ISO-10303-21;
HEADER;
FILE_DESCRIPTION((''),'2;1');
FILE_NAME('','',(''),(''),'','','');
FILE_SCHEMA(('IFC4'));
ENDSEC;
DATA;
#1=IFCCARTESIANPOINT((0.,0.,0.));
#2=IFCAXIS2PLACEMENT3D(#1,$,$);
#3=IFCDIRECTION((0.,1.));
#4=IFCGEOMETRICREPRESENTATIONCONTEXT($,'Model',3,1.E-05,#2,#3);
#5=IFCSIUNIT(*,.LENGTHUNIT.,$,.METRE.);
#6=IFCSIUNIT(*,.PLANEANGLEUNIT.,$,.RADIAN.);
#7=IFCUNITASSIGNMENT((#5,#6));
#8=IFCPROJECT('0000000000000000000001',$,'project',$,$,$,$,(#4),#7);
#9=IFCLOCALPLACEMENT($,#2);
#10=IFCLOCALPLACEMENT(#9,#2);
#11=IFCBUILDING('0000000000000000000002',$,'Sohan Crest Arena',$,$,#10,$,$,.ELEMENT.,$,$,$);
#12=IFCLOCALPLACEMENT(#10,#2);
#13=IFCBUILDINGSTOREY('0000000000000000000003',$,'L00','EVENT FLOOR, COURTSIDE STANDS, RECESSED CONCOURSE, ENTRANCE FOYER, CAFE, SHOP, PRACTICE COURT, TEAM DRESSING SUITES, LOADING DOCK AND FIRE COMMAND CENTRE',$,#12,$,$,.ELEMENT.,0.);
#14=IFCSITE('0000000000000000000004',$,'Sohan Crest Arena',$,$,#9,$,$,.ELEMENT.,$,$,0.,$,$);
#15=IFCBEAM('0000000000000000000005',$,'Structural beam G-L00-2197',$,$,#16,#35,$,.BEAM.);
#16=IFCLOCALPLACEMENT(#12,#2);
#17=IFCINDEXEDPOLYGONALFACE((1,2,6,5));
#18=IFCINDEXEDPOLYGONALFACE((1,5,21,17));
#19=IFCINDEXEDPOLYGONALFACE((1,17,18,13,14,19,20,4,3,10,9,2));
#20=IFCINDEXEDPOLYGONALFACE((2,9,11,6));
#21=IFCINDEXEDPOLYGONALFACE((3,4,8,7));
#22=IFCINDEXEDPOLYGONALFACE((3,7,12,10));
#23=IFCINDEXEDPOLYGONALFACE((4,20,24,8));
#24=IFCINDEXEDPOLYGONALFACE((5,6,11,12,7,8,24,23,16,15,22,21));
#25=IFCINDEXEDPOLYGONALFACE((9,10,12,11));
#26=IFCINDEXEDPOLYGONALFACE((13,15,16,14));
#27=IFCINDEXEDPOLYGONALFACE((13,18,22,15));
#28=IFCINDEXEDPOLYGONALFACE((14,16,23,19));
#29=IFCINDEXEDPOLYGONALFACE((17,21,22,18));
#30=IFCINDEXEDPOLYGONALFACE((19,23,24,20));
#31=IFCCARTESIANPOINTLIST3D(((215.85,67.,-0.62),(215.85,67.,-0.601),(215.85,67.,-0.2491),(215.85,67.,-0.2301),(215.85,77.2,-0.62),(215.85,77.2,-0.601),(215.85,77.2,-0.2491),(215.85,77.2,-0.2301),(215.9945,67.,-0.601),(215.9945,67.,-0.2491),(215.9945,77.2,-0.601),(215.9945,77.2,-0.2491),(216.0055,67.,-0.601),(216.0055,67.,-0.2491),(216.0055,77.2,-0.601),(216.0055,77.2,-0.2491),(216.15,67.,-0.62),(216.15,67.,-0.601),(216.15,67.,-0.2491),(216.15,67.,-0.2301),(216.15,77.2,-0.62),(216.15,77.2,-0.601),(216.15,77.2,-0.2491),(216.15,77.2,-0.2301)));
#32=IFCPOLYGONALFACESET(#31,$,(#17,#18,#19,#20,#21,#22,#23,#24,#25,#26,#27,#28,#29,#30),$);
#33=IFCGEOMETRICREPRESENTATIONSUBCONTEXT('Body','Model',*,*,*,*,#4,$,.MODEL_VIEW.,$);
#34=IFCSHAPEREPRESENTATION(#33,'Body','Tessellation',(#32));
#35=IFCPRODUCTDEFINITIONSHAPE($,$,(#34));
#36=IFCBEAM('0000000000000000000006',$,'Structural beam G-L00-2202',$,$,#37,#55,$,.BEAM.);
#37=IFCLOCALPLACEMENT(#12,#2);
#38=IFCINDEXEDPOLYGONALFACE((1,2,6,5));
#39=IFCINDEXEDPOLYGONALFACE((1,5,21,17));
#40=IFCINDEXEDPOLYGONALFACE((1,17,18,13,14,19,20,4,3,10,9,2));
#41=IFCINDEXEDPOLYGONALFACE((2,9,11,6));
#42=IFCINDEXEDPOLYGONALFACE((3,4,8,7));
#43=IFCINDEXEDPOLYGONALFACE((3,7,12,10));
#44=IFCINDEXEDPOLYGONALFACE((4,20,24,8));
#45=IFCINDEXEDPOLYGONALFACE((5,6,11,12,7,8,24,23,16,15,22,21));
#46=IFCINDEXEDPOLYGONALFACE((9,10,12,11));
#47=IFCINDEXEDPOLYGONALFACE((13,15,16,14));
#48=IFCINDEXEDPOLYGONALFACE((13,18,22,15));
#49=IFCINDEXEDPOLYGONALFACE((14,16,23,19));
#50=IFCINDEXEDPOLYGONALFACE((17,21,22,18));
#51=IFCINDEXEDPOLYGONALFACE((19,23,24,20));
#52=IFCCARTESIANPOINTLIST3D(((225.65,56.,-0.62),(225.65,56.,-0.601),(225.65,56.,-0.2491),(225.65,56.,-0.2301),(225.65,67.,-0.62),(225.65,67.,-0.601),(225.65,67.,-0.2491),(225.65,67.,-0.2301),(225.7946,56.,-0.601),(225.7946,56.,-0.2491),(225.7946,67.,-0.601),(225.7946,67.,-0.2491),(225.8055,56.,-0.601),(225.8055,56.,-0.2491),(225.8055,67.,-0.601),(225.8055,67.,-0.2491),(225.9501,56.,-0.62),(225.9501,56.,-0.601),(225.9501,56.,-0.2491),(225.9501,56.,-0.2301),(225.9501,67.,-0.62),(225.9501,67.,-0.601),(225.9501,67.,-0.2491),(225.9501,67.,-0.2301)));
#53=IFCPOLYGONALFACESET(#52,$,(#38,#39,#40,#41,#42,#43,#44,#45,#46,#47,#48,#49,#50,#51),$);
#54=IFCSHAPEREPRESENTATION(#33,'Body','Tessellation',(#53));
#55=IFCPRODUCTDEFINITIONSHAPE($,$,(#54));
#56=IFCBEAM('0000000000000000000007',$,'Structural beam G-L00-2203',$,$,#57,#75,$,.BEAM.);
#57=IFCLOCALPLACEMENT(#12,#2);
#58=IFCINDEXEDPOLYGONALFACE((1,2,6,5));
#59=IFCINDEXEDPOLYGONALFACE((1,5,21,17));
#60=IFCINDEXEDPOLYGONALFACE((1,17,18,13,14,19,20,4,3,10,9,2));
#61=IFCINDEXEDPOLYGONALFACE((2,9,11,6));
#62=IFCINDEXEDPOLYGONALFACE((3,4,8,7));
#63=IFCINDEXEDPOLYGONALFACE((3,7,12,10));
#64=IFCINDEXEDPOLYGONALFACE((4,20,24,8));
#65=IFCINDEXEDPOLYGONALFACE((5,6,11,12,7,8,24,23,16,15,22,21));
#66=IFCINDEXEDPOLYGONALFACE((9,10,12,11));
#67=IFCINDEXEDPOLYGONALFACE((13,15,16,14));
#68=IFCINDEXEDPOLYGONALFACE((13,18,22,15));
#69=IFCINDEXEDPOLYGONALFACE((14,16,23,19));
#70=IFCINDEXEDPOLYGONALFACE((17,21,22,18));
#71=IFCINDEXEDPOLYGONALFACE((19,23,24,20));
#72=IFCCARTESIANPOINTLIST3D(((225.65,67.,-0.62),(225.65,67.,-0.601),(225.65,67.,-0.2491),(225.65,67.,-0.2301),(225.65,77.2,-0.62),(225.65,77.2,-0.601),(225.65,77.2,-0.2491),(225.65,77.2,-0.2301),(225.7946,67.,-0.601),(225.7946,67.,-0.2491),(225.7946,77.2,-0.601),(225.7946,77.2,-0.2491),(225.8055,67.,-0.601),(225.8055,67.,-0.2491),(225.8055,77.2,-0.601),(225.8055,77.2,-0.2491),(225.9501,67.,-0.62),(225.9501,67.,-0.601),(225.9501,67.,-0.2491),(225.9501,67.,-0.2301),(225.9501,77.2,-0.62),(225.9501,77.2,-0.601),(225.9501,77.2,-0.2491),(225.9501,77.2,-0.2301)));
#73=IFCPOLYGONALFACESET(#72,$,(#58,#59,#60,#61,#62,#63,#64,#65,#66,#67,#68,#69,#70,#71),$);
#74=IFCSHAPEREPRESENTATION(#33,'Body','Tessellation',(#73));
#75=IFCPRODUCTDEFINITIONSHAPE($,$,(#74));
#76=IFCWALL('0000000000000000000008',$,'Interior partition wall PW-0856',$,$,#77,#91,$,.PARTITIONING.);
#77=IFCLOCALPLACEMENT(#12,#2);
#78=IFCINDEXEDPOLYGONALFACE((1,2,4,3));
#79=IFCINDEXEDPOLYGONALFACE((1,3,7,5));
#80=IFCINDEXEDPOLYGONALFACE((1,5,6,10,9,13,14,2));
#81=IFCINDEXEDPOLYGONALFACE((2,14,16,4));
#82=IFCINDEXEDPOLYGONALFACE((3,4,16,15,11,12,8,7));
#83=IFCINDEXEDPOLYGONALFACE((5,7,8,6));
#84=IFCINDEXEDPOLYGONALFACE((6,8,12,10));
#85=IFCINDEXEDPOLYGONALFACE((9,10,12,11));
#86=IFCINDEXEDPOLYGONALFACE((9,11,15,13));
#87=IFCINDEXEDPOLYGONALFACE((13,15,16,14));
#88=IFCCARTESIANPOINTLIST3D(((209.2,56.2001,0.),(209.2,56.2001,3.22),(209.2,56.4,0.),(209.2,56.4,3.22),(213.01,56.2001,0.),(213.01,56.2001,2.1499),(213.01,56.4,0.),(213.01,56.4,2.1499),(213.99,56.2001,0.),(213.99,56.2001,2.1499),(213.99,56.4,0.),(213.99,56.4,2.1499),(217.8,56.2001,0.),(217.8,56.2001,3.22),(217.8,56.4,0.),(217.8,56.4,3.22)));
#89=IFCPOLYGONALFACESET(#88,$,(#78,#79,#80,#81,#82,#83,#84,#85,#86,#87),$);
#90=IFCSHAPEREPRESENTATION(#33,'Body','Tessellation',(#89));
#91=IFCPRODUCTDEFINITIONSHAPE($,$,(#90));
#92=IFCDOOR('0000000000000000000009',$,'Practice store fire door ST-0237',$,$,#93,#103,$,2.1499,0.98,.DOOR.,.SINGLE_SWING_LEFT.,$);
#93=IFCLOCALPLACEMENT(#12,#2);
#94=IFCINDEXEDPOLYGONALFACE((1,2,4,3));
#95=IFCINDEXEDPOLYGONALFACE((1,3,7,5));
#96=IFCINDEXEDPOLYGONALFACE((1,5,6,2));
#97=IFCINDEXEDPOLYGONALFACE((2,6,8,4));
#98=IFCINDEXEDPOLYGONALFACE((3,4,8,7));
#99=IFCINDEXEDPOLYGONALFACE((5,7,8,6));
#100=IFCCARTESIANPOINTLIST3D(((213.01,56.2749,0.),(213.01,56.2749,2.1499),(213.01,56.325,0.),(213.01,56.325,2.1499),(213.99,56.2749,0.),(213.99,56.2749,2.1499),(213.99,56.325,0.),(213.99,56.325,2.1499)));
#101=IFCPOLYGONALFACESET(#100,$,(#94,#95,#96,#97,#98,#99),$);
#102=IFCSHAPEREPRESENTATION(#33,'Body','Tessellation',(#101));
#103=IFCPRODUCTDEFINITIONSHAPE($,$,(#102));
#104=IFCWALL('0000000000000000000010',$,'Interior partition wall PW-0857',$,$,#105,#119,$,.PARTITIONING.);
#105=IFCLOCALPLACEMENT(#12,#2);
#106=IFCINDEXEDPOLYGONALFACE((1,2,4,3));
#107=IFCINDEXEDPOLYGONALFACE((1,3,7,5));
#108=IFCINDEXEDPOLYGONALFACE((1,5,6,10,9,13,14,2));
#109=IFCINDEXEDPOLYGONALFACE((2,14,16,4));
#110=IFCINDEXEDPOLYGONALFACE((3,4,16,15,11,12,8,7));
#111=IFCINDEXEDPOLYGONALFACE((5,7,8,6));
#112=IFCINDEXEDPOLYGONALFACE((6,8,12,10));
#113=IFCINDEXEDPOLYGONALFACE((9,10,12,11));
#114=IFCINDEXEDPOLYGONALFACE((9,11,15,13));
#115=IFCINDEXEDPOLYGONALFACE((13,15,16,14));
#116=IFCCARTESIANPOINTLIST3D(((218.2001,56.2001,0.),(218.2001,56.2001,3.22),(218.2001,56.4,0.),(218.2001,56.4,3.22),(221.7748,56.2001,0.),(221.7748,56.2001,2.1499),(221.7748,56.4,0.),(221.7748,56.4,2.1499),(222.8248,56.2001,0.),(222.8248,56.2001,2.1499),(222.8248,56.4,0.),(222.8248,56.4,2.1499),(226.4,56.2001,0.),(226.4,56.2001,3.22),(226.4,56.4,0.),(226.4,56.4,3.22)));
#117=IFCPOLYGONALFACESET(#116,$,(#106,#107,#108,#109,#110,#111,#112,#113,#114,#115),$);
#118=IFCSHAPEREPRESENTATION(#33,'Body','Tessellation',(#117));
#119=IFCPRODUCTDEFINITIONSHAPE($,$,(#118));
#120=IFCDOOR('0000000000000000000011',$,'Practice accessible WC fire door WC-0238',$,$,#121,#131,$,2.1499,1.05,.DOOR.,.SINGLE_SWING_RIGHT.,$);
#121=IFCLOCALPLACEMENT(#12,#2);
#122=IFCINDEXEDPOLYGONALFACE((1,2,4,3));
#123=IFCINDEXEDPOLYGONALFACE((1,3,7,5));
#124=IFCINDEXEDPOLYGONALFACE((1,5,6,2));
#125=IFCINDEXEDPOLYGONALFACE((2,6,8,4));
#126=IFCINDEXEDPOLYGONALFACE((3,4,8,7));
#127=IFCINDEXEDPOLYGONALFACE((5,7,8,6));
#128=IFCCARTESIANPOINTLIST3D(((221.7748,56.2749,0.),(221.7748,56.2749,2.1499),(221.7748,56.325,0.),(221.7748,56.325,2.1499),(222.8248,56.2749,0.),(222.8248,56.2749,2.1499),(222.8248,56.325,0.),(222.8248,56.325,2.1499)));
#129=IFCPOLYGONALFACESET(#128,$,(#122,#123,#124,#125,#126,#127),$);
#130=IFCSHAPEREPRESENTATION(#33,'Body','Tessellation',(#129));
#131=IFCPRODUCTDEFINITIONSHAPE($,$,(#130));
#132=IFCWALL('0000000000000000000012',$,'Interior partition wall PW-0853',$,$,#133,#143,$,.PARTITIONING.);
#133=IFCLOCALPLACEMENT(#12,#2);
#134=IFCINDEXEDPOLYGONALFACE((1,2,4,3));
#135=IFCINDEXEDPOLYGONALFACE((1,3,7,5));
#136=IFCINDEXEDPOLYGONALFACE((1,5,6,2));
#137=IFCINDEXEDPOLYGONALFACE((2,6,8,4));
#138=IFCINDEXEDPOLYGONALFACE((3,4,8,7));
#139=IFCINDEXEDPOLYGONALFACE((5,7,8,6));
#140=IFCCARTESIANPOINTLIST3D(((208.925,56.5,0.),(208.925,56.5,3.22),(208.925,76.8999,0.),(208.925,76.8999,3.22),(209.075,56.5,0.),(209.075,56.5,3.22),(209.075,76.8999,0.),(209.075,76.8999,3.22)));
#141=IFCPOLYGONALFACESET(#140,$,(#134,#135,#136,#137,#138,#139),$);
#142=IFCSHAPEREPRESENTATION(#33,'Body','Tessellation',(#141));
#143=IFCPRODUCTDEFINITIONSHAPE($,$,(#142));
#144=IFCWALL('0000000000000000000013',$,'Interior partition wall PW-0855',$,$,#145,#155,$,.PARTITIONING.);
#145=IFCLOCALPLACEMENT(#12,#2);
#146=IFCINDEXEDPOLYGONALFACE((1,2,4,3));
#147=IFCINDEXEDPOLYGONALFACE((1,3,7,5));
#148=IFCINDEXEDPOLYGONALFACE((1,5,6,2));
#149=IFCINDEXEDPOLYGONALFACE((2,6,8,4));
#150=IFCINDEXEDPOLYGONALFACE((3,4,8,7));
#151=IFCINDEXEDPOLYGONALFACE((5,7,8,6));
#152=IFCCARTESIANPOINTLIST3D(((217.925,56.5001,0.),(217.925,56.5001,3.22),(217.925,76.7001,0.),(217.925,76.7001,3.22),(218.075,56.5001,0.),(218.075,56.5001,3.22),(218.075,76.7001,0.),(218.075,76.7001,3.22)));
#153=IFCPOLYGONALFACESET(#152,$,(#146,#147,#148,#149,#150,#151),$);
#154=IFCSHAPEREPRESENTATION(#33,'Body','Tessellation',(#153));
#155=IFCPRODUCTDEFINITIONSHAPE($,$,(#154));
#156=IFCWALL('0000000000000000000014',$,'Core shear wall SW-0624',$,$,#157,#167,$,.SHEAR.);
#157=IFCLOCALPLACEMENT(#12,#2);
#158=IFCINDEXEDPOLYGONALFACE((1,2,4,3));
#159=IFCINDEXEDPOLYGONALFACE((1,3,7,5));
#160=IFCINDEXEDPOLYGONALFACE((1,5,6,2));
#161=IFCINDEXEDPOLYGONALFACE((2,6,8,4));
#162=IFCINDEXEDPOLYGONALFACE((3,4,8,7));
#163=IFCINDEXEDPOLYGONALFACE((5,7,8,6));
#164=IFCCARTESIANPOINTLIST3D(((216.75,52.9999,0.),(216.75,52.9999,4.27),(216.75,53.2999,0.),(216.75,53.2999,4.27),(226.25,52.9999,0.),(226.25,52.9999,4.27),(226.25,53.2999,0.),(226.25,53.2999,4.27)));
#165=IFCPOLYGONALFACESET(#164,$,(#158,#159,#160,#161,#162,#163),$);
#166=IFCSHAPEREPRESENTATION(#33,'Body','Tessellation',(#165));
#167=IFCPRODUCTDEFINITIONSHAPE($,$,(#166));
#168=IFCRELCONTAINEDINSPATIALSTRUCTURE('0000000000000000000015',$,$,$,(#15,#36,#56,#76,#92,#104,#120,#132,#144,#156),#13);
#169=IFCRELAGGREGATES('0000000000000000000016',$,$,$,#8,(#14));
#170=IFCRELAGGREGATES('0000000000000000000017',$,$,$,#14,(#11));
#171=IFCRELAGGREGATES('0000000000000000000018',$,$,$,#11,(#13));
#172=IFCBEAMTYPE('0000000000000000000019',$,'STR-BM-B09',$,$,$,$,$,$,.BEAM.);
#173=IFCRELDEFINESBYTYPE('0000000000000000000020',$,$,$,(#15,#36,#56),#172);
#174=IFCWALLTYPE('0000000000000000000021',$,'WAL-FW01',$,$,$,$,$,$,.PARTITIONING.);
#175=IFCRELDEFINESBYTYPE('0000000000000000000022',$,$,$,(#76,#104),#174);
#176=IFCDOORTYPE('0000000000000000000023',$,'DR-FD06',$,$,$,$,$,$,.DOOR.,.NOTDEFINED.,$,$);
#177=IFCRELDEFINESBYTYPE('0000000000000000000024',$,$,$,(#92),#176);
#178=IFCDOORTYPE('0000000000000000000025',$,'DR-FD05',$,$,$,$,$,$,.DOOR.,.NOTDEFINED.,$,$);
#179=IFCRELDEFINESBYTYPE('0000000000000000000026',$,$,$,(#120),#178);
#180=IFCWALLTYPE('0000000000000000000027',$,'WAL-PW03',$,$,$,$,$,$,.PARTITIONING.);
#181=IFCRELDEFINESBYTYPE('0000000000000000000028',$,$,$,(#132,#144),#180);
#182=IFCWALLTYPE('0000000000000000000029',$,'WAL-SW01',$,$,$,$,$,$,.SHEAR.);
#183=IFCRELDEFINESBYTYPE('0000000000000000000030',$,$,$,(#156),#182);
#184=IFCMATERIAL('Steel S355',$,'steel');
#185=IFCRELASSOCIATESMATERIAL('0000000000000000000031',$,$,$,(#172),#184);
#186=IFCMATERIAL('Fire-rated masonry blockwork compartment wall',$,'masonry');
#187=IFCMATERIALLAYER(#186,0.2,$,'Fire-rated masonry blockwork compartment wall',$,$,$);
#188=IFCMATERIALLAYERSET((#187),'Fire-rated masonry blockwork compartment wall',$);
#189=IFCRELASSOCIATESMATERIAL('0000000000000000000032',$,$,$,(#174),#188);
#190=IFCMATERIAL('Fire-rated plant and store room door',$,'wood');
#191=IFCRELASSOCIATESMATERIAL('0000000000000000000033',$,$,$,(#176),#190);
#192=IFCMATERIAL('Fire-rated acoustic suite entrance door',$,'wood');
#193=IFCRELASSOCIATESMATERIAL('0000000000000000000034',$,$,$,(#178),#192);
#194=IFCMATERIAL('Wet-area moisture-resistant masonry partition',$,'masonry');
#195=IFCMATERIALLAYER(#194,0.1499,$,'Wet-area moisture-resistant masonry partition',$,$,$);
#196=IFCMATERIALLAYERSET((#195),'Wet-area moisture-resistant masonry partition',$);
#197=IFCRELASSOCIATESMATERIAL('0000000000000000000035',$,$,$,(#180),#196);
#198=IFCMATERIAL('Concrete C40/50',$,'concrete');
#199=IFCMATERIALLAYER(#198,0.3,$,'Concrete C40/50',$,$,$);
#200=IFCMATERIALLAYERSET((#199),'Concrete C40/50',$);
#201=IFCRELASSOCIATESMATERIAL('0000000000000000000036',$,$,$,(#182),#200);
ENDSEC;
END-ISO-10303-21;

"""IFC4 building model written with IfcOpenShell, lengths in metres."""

from ifc_helpers import new_model, si_unit, direction, frame, frame_2d, origin, origin_2d, place, context, subcontext, project, spatial, rectangle, i_section, extrude, material, layer, layer_set, material_profile, profile_set, type_object, element, fill, save


model = new_model("IFC4")

# Units and contexts
model_context = context("Model", 3, precision=1e-05, world=origin(), true_north=direction((0.0, 1.0)))
body_context = subcontext(model_context, "Body", "Model", "MODEL_VIEW")
ifc_project = project(units=[si_unit("LENGTHUNIT", "METRE"), si_unit("PLANEANGLEUNIT", "RADIAN")], contexts=[model_context])

# Site, building, storey
site_placement = place(None, origin())
site = spatial("IfcSite", under=ifc_project, at=site_placement, Name="Sohan Crest Arena", CompositionType="ELEMENT", RefElevation=0.0)
building_placement = place(site_placement, origin())
building = spatial("IfcBuilding", under=site, at=building_placement, Name="Sohan Crest Arena", CompositionType="ELEMENT")
storey_placement = place(building_placement, origin())
storey = spatial("IfcBuildingStorey", under=building, at=storey_placement, Name="L00", Description="EVENT FLOOR, COURTSIDE STANDS, RECESSED CONCOURSE, ENTRANCE FOYER, CAFE, SHOP, PRACTICE COURT, TEAM DRESSING SUITES, LOADING DOCK AND FIRE COMMAND CENTRE", CompositionType="ELEMENT", Elevation=0.0)

# Shared definitions
ifc_material_1 = material(Name="Concrete C40/50", Category="concrete")

# Beams
ifc_material_2 = material(Name="Steel S355", Category="steel")
ifc_material_profile_1 = material_profile(ifc_material_2, i_section(OverallWidth=0.3, OverallDepth=0.3899, WebThickness=0.011, FlangeThickness=0.019, at=origin_2d()), Name="HEA 400")
ifc_profile_set_1 = profile_set([ifc_material_profile_1], Name="Steel S355")
beam_type_1 = type_object("IfcBeamType", Name="STR-BM-B09", PredefinedType="BEAM", material=ifc_profile_set_1)
beam_1_placement = place(storey_placement, frame((216.0, 67.0, -0.425), z_axis=(0.0, 1.0, 0.0), x_axis=(-1.0, 0.0, 0.0)))
element("IfcBeam", 1, at=beam_1_placement, inside=storey, type_object=beam_type_1, Name="Structural beam G-L00-2197", PredefinedType="BEAM", context=body_context, shape_type="SweptSolid", body=[
    extrude(i_section(OverallWidth=0.3, OverallDepth=0.3899, WebThickness=0.011, FlangeThickness=0.019, at=origin_2d()), origin(), (0.0, 0.0, 1.0), 10.2),
])
beam_2_placement = place(storey_placement, frame((225.8, 56.0, -0.425), z_axis=(0.0, 1.0, 0.0), x_axis=(-1.0, 0.0, 0.0)))
element("IfcBeam", 2, at=beam_2_placement, inside=storey, type_object=beam_type_1, Name="Structural beam G-L00-2202", PredefinedType="BEAM", context=body_context, shape_type="SweptSolid", body=[
    extrude(i_section(OverallWidth=0.3, OverallDepth=0.3899, WebThickness=0.011, FlangeThickness=0.019, at=origin_2d()), origin(), (0.0, 0.0, 1.0), 11.0),
])
beam_3_placement = place(storey_placement, frame((225.8, 67.0, -0.425), z_axis=(0.0, 1.0, 0.0), x_axis=(-1.0, 0.0, 0.0)))
element("IfcBeam", 3, at=beam_3_placement, inside=storey, type_object=beam_type_1, Name="Structural beam G-L00-2203", PredefinedType="BEAM", context=body_context, shape_type="SweptSolid", body=[
    extrude(i_section(OverallWidth=0.3, OverallDepth=0.3899, WebThickness=0.011, FlangeThickness=0.019, at=origin_2d()), origin(), (0.0, 0.0, 1.0), 10.2),
])

# Walls, openings, doors
ifc_material_3 = material(Name="Fire-rated masonry blockwork compartment wall", Category="masonry")
ifc_layer_1 = layer(ifc_material_3, 0.2, Name="Fire-rated masonry blockwork compartment wall")
ifc_layer_set_1 = layer_set([ifc_layer_1], Name="Fire-rated masonry blockwork compartment wall")
wall_type_1 = type_object("IfcWallType", Name="WAL-FW01", PredefinedType="PARTITIONING", material=ifc_layer_set_1)
wall_1_placement = place(storey_placement, frame((209.2, 56.3, 0.0), z_axis=(0.0, 0.0, 1.0), x_axis=(1.0, 0.0, 0.0)))
wall_1 = element("IfcWall", 4, at=wall_1_placement, inside=storey, type_object=wall_type_1, Name="Interior partition wall PW-0856", PredefinedType="PARTITIONING", context=body_context, shape_type="SweptSolid", body=[
    extrude(rectangle(XDim=8.6001, YDim=0.2, at=frame_2d((4.3, 0.0))), origin(), (0.0, 0.0, 1.0), 3.22),
])
opening_1_placement = place(wall_1_placement, frame((3.8101, 0.0, 0.0)))
opening_1 = element("IfcOpeningElement", 5, at=opening_1_placement, cuts=wall_1, PredefinedType="OPENING", context=body_context, shape_type="SweptSolid", body=[
    extrude(rectangle(XDim=0.98, YDim=2.1499, at=frame_2d((0.49, 1.075))), frame((0.0, 0.1099, 0.0), z_axis=(0.0, -1.0, 0.0), x_axis=(1.0, 0.0, 0.0)), (0.0, 0.0, 1.0), 0.22),
])
ifc_material_4 = material(Name="Fire-rated plant and store room door", Category="wood")
door_type_1 = type_object("IfcDoorType", Name="DR-FD06", OperationType="NOTDEFINED", PredefinedType="DOOR", material=ifc_material_4)
door_1_placement = place(opening_1_placement, origin())
door_1 = element("IfcDoor", 6, at=door_1_placement, inside=storey, type_object=door_type_1, Name="Practice store fire door ST-0237", OperationType="SINGLE_SWING_LEFT", OverallHeight=2.1499, OverallWidth=0.98, PredefinedType="DOOR", context=body_context, shape_type="SweptSolid", body=[
    extrude(rectangle(XDim=0.98, YDim=2.1499, at=frame_2d((0.49, 1.075))), frame((0.0, 0.0249, 0.0), z_axis=(0.0, -1.0, 0.0), x_axis=(1.0, 0.0, 0.0)), (0.0, 0.0, 1.0), 0.05),
])
fill(opening_1, door_1)
wall_2_placement = place(storey_placement, frame((218.2, 56.3, 0.0), z_axis=(0.0, 0.0, 1.0), x_axis=(1.0, 0.0, 0.0)))
wall_2 = element("IfcWall", 7, at=wall_2_placement, inside=storey, type_object=wall_type_1, Name="Interior partition wall PW-0857", PredefinedType="PARTITIONING", context=body_context, shape_type="SweptSolid", body=[
    extrude(rectangle(XDim=8.2, YDim=0.2, at=frame_2d((4.1001, 0.0))), origin(), (0.0, 0.0, 1.0), 3.22),
])
opening_2_placement = place(wall_2_placement, frame((3.575, 0.0, 0.0)))
opening_2 = element("IfcOpeningElement", 8, at=opening_2_placement, cuts=wall_2, PredefinedType="OPENING", context=body_context, shape_type="SweptSolid", body=[
    extrude(rectangle(XDim=1.05, YDim=2.1499, at=frame_2d((0.5249, 1.075))), frame((0.0, 0.1099, 0.0), z_axis=(0.0, -1.0, 0.0), x_axis=(1.0, 0.0, 0.0)), (0.0, 0.0, 1.0), 0.22),
])
ifc_material_5 = material(Name="Fire-rated acoustic suite entrance door", Category="wood")
door_type_2 = type_object("IfcDoorType", Name="DR-FD05", OperationType="NOTDEFINED", PredefinedType="DOOR", material=ifc_material_5)
door_2_placement = place(opening_2_placement, origin())
door_2 = element("IfcDoor", 9, at=door_2_placement, inside=storey, type_object=door_type_2, Name="Practice accessible WC fire door WC-0238", OperationType="SINGLE_SWING_RIGHT", OverallHeight=2.1499, OverallWidth=1.05, PredefinedType="DOOR", context=body_context, shape_type="SweptSolid", body=[
    extrude(rectangle(XDim=1.05, YDim=2.1499, at=frame_2d((0.5249, 1.075))), frame((0.0, 0.0249, 0.0), z_axis=(0.0, -1.0, 0.0), x_axis=(1.0, 0.0, 0.0)), (0.0, 0.0, 1.0), 0.05),
])
fill(opening_2, door_2)

# Walls
ifc_material_6 = material(Name="Wet-area moisture-resistant masonry partition", Category="masonry")
ifc_layer_2 = layer(ifc_material_6, 0.1499, Name="Wet-area moisture-resistant masonry partition")
ifc_layer_set_2 = layer_set([ifc_layer_2], Name="Wet-area moisture-resistant masonry partition")
wall_type_2 = type_object("IfcWallType", Name="WAL-PW03", PredefinedType="PARTITIONING", material=ifc_layer_set_2)
wall_3_placement = place(storey_placement, frame((209.0, 56.5, 0.0), z_axis=(0.0, 0.0, 1.0), x_axis=(0.0, 1.0, 0.0)))
element("IfcWall", 10, at=wall_3_placement, inside=storey, type_object=wall_type_2, Name="Interior partition wall PW-0853", PredefinedType="PARTITIONING", context=body_context, shape_type="SweptSolid", body=[
    extrude(rectangle(XDim=20.3999, YDim=0.1499, at=frame_2d((10.2, 0.0))), origin(), (0.0, 0.0, 1.0), 3.22),
])
wall_4_placement = place(storey_placement, frame((218.0, 56.5, 0.0), z_axis=(0.0, 0.0, 1.0), x_axis=(0.0, 1.0, 0.0)))
element("IfcWall", 11, at=wall_4_placement, inside=storey, type_object=wall_type_2, Name="Interior partition wall PW-0855", PredefinedType="PARTITIONING", context=body_context, shape_type="SweptSolid", body=[
    extrude(rectangle(XDim=20.2, YDim=0.1499, at=frame_2d((10.1001, 0.0))), origin(), (0.0, 0.0, 1.0), 3.22),
])
ifc_layer_3 = layer(ifc_material_1, 0.3, Name="Concrete C40/50")
ifc_layer_set_3 = layer_set([ifc_layer_3], Name="Concrete C40/50")
wall_type_3 = type_object("IfcWallType", Name="WAL-SW01", PredefinedType="SHEAR", material=ifc_layer_set_3)
wall_5_placement = place(storey_placement, frame((216.75, 53.1499, 0.0), z_axis=(0.0, 0.0, 1.0), x_axis=(1.0, 0.0, 0.0)))
element("IfcWall", 12, at=wall_5_placement, inside=storey, type_object=wall_type_3, Name="Core shear wall SW-0624", PredefinedType="SHEAR", context=body_context, shape_type="SweptSolid", body=[
    extrude(rectangle(XDim=9.5, YDim=0.3, at=frame_2d((4.75, 0.0))), origin(), (0.0, 0.0, 1.0), 4.27),
])

save(model, "model.ifc")
